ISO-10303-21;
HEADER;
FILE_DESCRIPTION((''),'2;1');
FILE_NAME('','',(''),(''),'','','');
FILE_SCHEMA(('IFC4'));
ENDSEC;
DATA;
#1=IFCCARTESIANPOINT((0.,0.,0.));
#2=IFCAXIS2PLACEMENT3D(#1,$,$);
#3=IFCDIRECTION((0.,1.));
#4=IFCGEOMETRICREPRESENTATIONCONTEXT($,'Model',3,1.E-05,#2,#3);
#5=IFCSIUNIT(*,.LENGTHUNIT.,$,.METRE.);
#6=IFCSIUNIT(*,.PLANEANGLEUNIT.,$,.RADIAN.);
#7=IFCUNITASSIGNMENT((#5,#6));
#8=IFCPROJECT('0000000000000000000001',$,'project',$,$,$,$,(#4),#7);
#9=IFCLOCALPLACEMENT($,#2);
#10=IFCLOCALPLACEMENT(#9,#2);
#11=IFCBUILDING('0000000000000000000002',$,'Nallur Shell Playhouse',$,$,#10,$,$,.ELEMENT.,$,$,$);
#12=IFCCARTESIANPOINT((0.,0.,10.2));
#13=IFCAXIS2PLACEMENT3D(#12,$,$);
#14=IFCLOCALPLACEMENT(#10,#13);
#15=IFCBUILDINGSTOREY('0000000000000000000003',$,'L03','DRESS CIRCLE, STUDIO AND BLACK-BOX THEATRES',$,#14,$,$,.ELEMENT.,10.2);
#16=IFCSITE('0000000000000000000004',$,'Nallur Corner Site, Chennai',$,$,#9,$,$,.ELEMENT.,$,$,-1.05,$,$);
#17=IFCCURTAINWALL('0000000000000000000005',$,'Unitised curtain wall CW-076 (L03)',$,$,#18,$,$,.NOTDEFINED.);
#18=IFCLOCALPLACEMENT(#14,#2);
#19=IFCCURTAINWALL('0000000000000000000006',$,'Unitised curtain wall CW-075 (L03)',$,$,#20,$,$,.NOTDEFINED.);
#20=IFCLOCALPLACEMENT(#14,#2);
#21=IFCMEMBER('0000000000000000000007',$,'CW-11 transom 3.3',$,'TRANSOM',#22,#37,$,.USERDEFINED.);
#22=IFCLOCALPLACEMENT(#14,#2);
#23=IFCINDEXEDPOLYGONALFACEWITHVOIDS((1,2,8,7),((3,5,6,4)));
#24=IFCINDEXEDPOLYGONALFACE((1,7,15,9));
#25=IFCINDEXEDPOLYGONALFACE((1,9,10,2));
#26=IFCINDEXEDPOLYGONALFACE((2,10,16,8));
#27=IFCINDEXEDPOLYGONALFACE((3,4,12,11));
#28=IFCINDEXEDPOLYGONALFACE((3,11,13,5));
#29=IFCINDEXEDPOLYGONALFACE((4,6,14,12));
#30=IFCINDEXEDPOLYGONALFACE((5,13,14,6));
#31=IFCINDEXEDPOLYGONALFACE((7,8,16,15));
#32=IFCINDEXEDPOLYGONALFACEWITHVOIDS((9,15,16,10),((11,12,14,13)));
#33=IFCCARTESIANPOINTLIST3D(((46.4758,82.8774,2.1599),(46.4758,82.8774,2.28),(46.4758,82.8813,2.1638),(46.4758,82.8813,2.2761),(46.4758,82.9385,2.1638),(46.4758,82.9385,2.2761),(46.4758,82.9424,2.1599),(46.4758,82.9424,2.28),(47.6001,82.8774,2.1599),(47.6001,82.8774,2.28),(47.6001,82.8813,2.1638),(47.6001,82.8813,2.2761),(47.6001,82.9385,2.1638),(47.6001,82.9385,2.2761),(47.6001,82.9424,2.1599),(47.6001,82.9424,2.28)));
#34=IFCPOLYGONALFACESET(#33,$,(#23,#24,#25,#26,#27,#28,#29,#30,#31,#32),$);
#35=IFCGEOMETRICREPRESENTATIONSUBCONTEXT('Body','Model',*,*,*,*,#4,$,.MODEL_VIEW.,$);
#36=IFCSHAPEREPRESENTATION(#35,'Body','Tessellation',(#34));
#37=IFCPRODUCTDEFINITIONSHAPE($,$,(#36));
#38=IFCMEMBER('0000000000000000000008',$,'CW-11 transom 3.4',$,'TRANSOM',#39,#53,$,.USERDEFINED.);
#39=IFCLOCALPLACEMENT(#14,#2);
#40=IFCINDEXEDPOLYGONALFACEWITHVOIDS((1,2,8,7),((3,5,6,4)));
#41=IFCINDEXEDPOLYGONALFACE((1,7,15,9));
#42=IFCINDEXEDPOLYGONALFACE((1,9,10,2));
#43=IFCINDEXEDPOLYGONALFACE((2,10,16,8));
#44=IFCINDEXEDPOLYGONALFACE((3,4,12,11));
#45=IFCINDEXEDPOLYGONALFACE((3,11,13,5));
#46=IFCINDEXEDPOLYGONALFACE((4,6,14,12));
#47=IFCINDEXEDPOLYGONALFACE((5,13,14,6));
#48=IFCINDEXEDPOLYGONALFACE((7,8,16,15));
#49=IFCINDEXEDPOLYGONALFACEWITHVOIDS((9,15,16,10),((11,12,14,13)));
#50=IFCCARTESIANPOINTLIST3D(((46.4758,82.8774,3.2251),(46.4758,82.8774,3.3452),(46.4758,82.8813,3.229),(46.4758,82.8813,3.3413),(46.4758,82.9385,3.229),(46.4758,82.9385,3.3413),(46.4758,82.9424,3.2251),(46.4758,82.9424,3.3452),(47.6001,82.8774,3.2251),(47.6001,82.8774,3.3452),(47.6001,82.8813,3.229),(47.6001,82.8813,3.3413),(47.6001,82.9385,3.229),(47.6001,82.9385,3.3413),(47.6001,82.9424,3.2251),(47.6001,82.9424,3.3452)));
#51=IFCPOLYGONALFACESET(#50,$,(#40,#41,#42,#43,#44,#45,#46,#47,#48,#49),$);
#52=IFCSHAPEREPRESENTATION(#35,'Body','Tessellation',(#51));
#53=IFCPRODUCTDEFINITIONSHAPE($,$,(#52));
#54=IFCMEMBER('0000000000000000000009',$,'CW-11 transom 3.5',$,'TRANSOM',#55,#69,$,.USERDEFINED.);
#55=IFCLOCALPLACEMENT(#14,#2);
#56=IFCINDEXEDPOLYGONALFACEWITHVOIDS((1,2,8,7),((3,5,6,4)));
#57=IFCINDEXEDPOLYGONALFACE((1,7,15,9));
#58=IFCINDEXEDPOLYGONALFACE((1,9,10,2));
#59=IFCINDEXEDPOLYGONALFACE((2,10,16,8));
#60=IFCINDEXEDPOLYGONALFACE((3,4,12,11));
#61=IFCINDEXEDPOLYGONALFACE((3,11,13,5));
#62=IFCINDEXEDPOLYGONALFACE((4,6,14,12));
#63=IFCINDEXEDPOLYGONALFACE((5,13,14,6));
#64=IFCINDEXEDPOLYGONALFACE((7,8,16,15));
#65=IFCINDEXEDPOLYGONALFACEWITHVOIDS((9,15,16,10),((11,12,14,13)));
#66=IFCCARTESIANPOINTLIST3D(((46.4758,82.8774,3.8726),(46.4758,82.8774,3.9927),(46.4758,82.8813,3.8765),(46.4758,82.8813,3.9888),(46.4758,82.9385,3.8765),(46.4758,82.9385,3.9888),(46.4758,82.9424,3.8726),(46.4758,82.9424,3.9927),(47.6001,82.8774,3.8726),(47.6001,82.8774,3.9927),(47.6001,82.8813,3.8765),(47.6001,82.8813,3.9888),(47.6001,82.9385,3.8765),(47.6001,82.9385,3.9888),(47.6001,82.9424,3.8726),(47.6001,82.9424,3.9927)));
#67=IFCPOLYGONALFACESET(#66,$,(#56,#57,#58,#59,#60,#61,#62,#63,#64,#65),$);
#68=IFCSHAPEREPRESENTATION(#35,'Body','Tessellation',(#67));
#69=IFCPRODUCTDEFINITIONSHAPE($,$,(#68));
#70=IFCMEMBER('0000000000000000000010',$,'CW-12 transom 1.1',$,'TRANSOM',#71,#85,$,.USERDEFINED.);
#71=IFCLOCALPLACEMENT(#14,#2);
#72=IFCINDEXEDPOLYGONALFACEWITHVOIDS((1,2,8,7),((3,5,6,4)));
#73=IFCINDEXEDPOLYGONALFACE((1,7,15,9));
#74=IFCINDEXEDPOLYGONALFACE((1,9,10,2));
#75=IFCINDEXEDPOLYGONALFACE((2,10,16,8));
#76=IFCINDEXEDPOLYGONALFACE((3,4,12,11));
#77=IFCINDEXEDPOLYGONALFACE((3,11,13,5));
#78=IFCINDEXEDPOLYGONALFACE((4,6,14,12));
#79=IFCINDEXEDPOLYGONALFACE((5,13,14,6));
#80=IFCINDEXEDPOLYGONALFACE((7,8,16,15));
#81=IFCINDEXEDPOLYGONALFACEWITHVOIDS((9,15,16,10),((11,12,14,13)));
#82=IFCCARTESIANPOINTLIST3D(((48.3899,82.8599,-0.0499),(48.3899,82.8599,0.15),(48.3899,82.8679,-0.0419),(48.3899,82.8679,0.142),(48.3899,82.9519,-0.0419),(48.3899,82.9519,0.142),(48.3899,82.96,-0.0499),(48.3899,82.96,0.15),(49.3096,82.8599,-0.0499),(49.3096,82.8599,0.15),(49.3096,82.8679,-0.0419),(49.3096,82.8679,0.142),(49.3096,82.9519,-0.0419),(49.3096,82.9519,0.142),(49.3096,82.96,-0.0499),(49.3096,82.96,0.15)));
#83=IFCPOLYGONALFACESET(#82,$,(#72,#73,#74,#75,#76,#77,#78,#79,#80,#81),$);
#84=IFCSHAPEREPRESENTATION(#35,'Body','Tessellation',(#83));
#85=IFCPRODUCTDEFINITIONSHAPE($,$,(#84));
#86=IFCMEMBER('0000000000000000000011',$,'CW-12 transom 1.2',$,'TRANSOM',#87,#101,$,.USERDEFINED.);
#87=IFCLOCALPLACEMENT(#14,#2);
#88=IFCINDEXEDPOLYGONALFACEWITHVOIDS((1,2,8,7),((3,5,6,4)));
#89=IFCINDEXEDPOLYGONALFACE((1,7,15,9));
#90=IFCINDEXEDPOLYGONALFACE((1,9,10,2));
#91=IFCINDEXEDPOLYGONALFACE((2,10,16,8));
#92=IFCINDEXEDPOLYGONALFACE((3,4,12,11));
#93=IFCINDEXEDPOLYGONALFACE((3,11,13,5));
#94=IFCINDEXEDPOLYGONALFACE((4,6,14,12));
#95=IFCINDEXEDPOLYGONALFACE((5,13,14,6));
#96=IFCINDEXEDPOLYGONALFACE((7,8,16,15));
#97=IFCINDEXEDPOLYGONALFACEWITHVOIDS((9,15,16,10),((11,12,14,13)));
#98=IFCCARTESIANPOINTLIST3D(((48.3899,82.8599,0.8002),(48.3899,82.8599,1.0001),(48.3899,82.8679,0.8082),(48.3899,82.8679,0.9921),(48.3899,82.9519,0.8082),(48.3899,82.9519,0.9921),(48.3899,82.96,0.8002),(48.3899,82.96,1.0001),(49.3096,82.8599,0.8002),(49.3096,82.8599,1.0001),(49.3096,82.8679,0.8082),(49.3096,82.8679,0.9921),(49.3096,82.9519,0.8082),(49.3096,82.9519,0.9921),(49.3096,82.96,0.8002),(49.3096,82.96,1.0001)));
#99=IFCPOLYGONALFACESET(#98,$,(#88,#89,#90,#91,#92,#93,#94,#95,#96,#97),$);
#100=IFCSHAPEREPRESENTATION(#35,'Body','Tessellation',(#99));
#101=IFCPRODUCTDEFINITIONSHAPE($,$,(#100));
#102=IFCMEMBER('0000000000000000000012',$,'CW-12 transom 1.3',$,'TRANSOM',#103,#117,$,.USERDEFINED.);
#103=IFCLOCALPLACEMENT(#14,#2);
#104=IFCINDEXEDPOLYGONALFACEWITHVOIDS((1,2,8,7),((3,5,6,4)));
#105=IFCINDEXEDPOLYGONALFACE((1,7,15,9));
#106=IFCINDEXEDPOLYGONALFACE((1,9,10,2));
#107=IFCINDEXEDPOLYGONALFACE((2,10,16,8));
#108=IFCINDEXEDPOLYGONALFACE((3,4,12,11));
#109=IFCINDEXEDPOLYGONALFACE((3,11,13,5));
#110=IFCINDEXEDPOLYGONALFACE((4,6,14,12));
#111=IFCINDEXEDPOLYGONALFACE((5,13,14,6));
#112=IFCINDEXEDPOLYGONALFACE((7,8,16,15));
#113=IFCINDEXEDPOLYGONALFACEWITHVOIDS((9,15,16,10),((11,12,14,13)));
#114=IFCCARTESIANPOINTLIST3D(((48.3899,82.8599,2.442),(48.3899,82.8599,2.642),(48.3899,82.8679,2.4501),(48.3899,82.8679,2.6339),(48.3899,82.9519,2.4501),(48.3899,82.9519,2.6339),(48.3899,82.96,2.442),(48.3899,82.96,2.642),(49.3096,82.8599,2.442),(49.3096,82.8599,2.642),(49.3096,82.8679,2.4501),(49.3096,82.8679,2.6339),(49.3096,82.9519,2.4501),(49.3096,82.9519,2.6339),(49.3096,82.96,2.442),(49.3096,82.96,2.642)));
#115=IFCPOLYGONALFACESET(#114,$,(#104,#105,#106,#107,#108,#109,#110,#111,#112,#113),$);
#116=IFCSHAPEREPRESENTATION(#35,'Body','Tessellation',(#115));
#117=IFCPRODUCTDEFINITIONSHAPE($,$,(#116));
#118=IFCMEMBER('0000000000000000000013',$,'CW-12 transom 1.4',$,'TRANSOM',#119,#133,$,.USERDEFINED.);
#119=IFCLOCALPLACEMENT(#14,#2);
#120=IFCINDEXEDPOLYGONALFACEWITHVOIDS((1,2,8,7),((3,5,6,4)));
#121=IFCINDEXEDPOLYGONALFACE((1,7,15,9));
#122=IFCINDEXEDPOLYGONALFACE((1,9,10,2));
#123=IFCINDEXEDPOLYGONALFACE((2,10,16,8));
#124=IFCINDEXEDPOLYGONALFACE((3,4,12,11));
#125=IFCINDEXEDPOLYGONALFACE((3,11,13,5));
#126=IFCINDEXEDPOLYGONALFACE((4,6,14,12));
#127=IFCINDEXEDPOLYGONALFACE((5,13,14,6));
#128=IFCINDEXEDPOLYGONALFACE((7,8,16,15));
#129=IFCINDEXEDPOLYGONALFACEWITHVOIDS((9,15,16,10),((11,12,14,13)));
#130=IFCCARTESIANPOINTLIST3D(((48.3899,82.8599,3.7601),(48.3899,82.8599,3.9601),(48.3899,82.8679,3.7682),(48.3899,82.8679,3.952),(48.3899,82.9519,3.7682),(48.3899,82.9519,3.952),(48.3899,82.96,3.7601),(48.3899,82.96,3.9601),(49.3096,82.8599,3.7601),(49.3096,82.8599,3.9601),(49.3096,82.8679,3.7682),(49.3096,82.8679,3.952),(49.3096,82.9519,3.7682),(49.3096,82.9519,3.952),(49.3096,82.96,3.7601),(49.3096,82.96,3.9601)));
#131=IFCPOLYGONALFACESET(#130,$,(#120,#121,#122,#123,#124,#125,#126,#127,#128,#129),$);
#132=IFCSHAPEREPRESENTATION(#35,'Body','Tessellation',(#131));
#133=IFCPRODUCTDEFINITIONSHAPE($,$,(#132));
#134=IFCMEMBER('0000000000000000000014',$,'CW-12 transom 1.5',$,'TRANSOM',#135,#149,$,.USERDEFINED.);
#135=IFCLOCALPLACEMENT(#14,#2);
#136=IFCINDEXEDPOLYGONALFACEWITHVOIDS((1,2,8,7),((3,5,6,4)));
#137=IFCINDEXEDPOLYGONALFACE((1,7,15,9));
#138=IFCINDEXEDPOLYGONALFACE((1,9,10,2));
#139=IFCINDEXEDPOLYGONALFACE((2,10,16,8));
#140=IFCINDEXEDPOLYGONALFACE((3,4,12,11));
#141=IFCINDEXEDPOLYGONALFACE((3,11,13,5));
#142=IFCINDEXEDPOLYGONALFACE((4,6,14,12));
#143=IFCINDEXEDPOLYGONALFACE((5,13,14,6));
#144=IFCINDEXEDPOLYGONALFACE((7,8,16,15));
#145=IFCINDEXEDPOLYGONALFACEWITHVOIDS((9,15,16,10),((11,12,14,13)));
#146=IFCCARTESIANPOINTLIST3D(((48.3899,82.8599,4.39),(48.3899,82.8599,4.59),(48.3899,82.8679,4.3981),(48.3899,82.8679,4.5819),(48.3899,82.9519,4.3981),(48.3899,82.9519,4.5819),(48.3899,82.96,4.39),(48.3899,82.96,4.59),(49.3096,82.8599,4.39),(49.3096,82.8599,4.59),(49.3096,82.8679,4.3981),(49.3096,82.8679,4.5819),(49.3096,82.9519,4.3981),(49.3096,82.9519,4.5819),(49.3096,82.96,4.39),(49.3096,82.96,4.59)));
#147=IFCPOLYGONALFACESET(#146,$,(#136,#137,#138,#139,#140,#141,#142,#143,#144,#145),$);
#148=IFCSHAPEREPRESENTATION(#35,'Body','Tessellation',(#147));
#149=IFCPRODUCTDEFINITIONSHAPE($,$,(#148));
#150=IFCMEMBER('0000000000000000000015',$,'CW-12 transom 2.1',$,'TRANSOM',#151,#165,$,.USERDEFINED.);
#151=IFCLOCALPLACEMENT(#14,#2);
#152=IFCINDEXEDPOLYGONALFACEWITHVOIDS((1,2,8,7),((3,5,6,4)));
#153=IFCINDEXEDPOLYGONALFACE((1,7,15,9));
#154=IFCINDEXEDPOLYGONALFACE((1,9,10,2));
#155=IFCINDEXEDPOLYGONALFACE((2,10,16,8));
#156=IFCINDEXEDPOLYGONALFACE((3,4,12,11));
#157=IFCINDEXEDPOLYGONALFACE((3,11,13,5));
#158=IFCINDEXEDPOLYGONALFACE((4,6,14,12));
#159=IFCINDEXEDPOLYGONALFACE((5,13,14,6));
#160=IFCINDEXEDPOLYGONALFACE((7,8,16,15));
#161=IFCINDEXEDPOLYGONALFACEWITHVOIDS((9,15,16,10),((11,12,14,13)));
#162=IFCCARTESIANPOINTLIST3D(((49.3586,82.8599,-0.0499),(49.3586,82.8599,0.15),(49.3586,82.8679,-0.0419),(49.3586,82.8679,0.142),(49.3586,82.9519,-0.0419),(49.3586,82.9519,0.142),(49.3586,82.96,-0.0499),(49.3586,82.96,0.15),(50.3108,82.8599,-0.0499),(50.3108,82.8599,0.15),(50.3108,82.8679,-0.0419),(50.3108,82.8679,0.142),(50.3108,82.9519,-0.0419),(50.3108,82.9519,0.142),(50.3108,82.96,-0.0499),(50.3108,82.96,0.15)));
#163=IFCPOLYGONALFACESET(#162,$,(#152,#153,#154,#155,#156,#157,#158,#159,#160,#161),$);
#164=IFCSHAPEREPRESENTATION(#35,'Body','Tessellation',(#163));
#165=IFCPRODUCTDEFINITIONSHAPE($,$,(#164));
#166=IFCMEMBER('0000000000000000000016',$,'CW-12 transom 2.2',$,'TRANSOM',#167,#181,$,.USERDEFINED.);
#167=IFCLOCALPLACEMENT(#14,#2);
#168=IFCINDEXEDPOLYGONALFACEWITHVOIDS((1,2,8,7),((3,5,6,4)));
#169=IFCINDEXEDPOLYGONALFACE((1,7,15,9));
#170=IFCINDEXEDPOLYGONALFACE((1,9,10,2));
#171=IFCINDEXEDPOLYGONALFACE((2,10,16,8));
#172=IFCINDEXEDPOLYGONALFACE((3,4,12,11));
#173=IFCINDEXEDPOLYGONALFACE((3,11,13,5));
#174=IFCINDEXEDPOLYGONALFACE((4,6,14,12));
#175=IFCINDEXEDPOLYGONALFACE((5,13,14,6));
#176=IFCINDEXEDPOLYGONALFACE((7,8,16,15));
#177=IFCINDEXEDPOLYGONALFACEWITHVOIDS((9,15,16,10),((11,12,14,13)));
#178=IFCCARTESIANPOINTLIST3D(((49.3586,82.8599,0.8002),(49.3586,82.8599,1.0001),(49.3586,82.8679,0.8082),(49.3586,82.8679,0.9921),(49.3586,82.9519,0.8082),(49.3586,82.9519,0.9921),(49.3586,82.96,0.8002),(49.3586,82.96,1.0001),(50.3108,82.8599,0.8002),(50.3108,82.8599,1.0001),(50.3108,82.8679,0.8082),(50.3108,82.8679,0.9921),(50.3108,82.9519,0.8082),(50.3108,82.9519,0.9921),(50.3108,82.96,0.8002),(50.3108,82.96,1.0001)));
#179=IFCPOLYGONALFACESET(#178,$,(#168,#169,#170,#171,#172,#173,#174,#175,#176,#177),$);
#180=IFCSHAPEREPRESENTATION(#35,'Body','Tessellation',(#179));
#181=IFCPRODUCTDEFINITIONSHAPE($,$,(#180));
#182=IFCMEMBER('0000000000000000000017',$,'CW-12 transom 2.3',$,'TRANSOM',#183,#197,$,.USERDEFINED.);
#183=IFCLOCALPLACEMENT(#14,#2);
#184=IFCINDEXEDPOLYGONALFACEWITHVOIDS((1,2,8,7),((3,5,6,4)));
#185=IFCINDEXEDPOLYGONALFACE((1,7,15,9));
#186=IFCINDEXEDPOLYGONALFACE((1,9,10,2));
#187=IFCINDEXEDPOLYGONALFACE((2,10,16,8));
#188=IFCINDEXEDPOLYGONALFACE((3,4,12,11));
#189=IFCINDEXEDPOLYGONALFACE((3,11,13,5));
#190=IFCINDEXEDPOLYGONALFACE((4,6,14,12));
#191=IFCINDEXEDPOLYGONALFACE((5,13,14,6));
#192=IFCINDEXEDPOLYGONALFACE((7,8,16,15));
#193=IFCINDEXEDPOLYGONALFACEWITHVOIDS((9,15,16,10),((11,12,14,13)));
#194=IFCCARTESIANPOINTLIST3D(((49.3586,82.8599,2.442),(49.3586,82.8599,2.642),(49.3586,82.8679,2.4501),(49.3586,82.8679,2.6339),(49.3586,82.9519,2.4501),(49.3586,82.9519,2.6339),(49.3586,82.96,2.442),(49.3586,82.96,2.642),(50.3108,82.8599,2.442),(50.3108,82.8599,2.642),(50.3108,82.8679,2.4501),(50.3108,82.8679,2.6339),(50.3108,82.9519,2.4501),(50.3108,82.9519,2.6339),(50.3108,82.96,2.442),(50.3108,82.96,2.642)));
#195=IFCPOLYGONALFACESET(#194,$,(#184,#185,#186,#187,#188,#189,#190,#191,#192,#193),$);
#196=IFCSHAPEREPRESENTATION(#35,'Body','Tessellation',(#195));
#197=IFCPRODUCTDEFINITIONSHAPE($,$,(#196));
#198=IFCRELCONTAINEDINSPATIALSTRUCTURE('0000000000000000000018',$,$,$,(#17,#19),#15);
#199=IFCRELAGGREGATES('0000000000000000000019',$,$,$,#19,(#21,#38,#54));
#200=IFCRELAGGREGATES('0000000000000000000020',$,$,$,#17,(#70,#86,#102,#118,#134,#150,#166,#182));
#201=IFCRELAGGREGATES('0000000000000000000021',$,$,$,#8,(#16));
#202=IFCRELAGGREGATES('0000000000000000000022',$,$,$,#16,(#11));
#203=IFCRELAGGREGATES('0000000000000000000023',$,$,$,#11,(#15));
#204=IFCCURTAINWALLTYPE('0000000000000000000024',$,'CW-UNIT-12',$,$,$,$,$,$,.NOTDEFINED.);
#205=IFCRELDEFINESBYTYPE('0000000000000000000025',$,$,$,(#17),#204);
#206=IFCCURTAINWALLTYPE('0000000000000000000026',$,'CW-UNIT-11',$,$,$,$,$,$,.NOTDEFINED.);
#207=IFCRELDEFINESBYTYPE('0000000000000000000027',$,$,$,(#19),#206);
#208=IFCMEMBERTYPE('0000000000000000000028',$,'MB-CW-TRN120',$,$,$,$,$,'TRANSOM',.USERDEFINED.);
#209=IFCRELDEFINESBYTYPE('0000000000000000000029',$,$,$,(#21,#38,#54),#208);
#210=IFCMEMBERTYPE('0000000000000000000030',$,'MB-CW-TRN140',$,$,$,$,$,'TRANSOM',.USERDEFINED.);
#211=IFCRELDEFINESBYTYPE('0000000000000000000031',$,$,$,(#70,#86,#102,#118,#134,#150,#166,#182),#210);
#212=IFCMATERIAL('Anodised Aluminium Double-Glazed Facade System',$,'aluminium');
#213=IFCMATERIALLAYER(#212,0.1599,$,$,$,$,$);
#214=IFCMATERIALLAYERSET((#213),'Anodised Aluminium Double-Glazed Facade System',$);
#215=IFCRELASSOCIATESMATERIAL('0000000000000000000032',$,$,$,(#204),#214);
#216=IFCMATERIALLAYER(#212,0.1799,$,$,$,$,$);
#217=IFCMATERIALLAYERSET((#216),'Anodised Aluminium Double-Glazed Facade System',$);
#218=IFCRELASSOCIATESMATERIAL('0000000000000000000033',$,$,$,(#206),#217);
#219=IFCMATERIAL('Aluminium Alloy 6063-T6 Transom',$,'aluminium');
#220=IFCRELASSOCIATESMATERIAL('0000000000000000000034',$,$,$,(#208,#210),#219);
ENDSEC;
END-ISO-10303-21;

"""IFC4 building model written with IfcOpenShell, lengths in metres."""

from ifc_helpers import new_model, si_unit, direction, frame, origin, origin_2d, place, context, subcontext, project, spatial, hollow_rectangle, extrude, material, layer, layer_set, material_profile, profile_set, type_object, element, aggregate, save


model = new_model("IFC4")

# Units and contexts
model_context = context("Model", 3, precision=1e-05, world=origin(), true_north=direction((0.0, 1.0)))
body_context = subcontext(model_context, "Body", "Model", "MODEL_VIEW")
ifc_project = project(units=[si_unit("LENGTHUNIT", "METRE"), si_unit("PLANEANGLEUNIT", "RADIAN")], contexts=[model_context])

# Site, building, storey
site_placement = place(None, origin())
site = spatial("IfcSite", under=ifc_project, at=site_placement, Name="Nallur Corner Site, Chennai", CompositionType="ELEMENT", RefElevation=-1.05)
building_placement = place(site_placement, origin())
building = spatial("IfcBuilding", under=site, at=building_placement, Name="Nallur Shell Playhouse", CompositionType="ELEMENT")
storey_placement = place(building_placement, frame((0.0, 0.0, 10.2)))
storey = spatial("IfcBuildingStorey", under=building, at=storey_placement, Name="L03", Description="DRESS CIRCLE, STUDIO AND BLACK-BOX THEATRES", CompositionType="ELEMENT", Elevation=10.2)

# Curtain walls, members
ifc_material_1 = material(Name="Anodised Aluminium Double-Glazed Facade System", Category="aluminium")
ifc_layer_1 = layer(ifc_material_1, 0.1599)
ifc_layer_set_1 = layer_set([ifc_layer_1], Name="Anodised Aluminium Double-Glazed Facade System")
curtain_wall_type_1 = type_object("IfcCurtainWallType", Name="CW-UNIT-12", PredefinedType="NOTDEFINED", material=ifc_layer_set_1)
curtain_wall_1_placement = place(storey_placement, origin())
curtain_wall_1 = element("IfcCurtainWall", 1, at=curtain_wall_1_placement, inside=storey, type_object=curtain_wall_type_1, Name="Unitised curtain wall CW-076 (L03)", PredefinedType="NOTDEFINED")
ifc_layer_2 = layer(ifc_material_1, 0.1799)
ifc_layer_set_2 = layer_set([ifc_layer_2], Name="Anodised Aluminium Double-Glazed Facade System")
curtain_wall_type_2 = type_object("IfcCurtainWallType", Name="CW-UNIT-11", PredefinedType="NOTDEFINED", material=ifc_layer_set_2)
curtain_wall_2_placement = place(storey_placement, origin())
curtain_wall_2 = element("IfcCurtainWall", 2, at=curtain_wall_2_placement, inside=storey, type_object=curtain_wall_type_2, Name="Unitised curtain wall CW-075 (L03)", PredefinedType="NOTDEFINED")
ifc_material_2 = material(Name="Aluminium Alloy 6063-T6 Transom", Category="aluminium")
ifc_material_profile_1 = material_profile(ifc_material_2, hollow_rectangle(XDim=0.0649, YDim=0.1201, WallThickness=0.0039, at=origin_2d()), Name="ALU 65x120x4")
ifc_profile_set_1 = profile_set([ifc_material_profile_1], Name="Aluminium Alloy 6063-T6 Transom")
member_type_1 = type_object("IfcMemberType", Name="MB-CW-TRN120", ElementType="TRANSOM", PredefinedType="USERDEFINED", material=ifc_profile_set_1)
member_1_placement = place(storey_placement, frame((46.4758, 82.9099, 2.22), z_axis=(1.0, 0.0, 0.0), x_axis=(0.0, 1.0, 0.0)))
member_1 = element("IfcMember", 3, at=member_1_placement, type_object=member_type_1, Name="CW-11 transom 3.3", ObjectType="TRANSOM", PredefinedType="USERDEFINED", context=body_context, shape_type="SweptSolid", body=[
    extrude(hollow_rectangle(XDim=0.0649, YDim=0.1201, WallThickness=0.0039, at=origin_2d()), origin(), (0.0, 0.0, 1.0), 1.1243),
])
member_2_placement = place(storey_placement, frame((46.4758, 82.9099, 3.2852), z_axis=(1.0, 0.0, 0.0), x_axis=(0.0, 1.0, 0.0)))
member_2 = element("IfcMember", 4, at=member_2_placement, type_object=member_type_1, Name="CW-11 transom 3.4", ObjectType="TRANSOM", PredefinedType="USERDEFINED", context=body_context, shape_type="SweptSolid", body=[
    extrude(hollow_rectangle(XDim=0.0649, YDim=0.1201, WallThickness=0.0039, at=origin_2d()), origin(), (0.0, 0.0, 1.0), 1.1243),
])
member_3_placement = place(storey_placement, frame((46.4758, 82.9099, 3.9326), z_axis=(1.0, 0.0, 0.0), x_axis=(0.0, 1.0, 0.0)))
member_3 = element("IfcMember", 5, at=member_3_placement, type_object=member_type_1, Name="CW-11 transom 3.5", ObjectType="TRANSOM", PredefinedType="USERDEFINED", context=body_context, shape_type="SweptSolid", body=[
    extrude(hollow_rectangle(XDim=0.0649, YDim=0.1201, WallThickness=0.0039, at=origin_2d()), origin(), (0.0, 0.0, 1.0), 1.1243),
])

# Members
ifc_material_profile_2 = material_profile(ifc_material_2, hollow_rectangle(XDim=0.1001, YDim=0.2, WallThickness=0.0081, at=origin_2d()), Name="RHS 200x100x8")
ifc_profile_set_2 = profile_set([ifc_material_profile_2], Name="Aluminium Alloy 6063-T6 Transom")
member_type_2 = type_object("IfcMemberType", Name="MB-CW-TRN140", ElementType="TRANSOM", PredefinedType="USERDEFINED", material=ifc_profile_set_2)
member_4_placement = place(storey_placement, frame((48.3899, 82.9099, 0.05), z_axis=(1.0, 0.0, 0.0), x_axis=(0.0, 1.0, 0.0)))
member_4 = element("IfcMember", 6, at=member_4_placement, type_object=member_type_2, Name="CW-12 transom 1.1", ObjectType="TRANSOM", PredefinedType="USERDEFINED", context=body_context, shape_type="SweptSolid", body=[
    extrude(hollow_rectangle(XDim=0.1001, YDim=0.2, WallThickness=0.0081, at=origin_2d()), origin(), (0.0, 0.0, 1.0), 0.9197),
])
member_5_placement = place(storey_placement, frame((48.3899, 82.9099, 0.9001), z_axis=(1.0, 0.0, 0.0), x_axis=(0.0, 1.0, 0.0)))
member_5 = element("IfcMember", 7, at=member_5_placement, type_object=member_type_2, Name="CW-12 transom 1.2", ObjectType="TRANSOM", PredefinedType="USERDEFINED", context=body_context, shape_type="SweptSolid", body=[
    extrude(hollow_rectangle(XDim=0.1001, YDim=0.2, WallThickness=0.0081, at=origin_2d()), origin(), (0.0, 0.0, 1.0), 0.9197),
])
member_6_placement = place(storey_placement, frame((48.3899, 82.9099, 2.542), z_axis=(1.0, 0.0, 0.0), x_axis=(0.0, 1.0, 0.0)))
member_6 = element("IfcMember", 8, at=member_6_placement, type_object=member_type_2, Name="CW-12 transom 1.3", ObjectType="TRANSOM", PredefinedType="USERDEFINED", context=body_context, shape_type="SweptSolid", body=[
    extrude(hollow_rectangle(XDim=0.1001, YDim=0.2, WallThickness=0.0081, at=origin_2d()), origin(), (0.0, 0.0, 1.0), 0.9197),
])
member_7_placement = place(storey_placement, frame((48.3899, 82.9099, 3.8601), z_axis=(1.0, 0.0, 0.0), x_axis=(0.0, 1.0, 0.0)))
member_7 = element("IfcMember", 9, at=member_7_placement, type_object=member_type_2, Name="CW-12 transom 1.4", ObjectType="TRANSOM", PredefinedType="USERDEFINED", context=body_context, shape_type="SweptSolid", body=[
    extrude(hollow_rectangle(XDim=0.1001, YDim=0.2, WallThickness=0.0081, at=origin_2d()), origin(), (0.0, 0.0, 1.0), 0.9197),
])
member_8_placement = place(storey_placement, frame((48.3899, 82.9099, 4.49), z_axis=(1.0, 0.0, 0.0), x_axis=(0.0, 1.0, 0.0)))
member_8 = element("IfcMember", 10, at=member_8_placement, type_object=member_type_2, Name="CW-12 transom 1.5", ObjectType="TRANSOM", PredefinedType="USERDEFINED", context=body_context, shape_type="SweptSolid", body=[
    extrude(hollow_rectangle(XDim=0.1001, YDim=0.2, WallThickness=0.0081, at=origin_2d()), origin(), (0.0, 0.0, 1.0), 0.9197),
])
member_9_placement = place(storey_placement, frame((49.3586, 82.9099, 0.05), z_axis=(1.0, 0.0, 0.0), x_axis=(0.0, 1.0, 0.0)))
member_9 = element("IfcMember", 11, at=member_9_placement, type_object=member_type_2, Name="CW-12 transom 2.1", ObjectType="TRANSOM", PredefinedType="USERDEFINED", context=body_context, shape_type="SweptSolid", body=[
    extrude(hollow_rectangle(XDim=0.1001, YDim=0.2, WallThickness=0.0081, at=origin_2d()), origin(), (0.0, 0.0, 1.0), 0.9521),
])
member_10_placement = place(storey_placement, frame((49.3586, 82.9099, 0.9001), z_axis=(1.0, 0.0, 0.0), x_axis=(0.0, 1.0, 0.0)))
member_10 = element("IfcMember", 12, at=member_10_placement, type_object=member_type_2, Name="CW-12 transom 2.2", ObjectType="TRANSOM", PredefinedType="USERDEFINED", context=body_context, shape_type="SweptSolid", body=[
    extrude(hollow_rectangle(XDim=0.1001, YDim=0.2, WallThickness=0.0081, at=origin_2d()), origin(), (0.0, 0.0, 1.0), 0.9521),
])
member_11_placement = place(storey_placement, frame((49.3586, 82.9099, 2.542), z_axis=(1.0, 0.0, 0.0), x_axis=(0.0, 1.0, 0.0)))
member_11 = element("IfcMember", 13, at=member_11_placement, type_object=member_type_2, Name="CW-12 transom 2.3", ObjectType="TRANSOM", PredefinedType="USERDEFINED", context=body_context, shape_type="SweptSolid", body=[
    extrude(hollow_rectangle(XDim=0.1001, YDim=0.2, WallThickness=0.0081, at=origin_2d()), origin(), (0.0, 0.0, 1.0), 0.9521),
])

aggregate(curtain_wall_2, [member_1, member_2, member_3])
aggregate(curtain_wall_1, [member_4, member_5, member_6, member_7, member_8, member_9, member_10, member_11])

save(model, "model.ifc")
